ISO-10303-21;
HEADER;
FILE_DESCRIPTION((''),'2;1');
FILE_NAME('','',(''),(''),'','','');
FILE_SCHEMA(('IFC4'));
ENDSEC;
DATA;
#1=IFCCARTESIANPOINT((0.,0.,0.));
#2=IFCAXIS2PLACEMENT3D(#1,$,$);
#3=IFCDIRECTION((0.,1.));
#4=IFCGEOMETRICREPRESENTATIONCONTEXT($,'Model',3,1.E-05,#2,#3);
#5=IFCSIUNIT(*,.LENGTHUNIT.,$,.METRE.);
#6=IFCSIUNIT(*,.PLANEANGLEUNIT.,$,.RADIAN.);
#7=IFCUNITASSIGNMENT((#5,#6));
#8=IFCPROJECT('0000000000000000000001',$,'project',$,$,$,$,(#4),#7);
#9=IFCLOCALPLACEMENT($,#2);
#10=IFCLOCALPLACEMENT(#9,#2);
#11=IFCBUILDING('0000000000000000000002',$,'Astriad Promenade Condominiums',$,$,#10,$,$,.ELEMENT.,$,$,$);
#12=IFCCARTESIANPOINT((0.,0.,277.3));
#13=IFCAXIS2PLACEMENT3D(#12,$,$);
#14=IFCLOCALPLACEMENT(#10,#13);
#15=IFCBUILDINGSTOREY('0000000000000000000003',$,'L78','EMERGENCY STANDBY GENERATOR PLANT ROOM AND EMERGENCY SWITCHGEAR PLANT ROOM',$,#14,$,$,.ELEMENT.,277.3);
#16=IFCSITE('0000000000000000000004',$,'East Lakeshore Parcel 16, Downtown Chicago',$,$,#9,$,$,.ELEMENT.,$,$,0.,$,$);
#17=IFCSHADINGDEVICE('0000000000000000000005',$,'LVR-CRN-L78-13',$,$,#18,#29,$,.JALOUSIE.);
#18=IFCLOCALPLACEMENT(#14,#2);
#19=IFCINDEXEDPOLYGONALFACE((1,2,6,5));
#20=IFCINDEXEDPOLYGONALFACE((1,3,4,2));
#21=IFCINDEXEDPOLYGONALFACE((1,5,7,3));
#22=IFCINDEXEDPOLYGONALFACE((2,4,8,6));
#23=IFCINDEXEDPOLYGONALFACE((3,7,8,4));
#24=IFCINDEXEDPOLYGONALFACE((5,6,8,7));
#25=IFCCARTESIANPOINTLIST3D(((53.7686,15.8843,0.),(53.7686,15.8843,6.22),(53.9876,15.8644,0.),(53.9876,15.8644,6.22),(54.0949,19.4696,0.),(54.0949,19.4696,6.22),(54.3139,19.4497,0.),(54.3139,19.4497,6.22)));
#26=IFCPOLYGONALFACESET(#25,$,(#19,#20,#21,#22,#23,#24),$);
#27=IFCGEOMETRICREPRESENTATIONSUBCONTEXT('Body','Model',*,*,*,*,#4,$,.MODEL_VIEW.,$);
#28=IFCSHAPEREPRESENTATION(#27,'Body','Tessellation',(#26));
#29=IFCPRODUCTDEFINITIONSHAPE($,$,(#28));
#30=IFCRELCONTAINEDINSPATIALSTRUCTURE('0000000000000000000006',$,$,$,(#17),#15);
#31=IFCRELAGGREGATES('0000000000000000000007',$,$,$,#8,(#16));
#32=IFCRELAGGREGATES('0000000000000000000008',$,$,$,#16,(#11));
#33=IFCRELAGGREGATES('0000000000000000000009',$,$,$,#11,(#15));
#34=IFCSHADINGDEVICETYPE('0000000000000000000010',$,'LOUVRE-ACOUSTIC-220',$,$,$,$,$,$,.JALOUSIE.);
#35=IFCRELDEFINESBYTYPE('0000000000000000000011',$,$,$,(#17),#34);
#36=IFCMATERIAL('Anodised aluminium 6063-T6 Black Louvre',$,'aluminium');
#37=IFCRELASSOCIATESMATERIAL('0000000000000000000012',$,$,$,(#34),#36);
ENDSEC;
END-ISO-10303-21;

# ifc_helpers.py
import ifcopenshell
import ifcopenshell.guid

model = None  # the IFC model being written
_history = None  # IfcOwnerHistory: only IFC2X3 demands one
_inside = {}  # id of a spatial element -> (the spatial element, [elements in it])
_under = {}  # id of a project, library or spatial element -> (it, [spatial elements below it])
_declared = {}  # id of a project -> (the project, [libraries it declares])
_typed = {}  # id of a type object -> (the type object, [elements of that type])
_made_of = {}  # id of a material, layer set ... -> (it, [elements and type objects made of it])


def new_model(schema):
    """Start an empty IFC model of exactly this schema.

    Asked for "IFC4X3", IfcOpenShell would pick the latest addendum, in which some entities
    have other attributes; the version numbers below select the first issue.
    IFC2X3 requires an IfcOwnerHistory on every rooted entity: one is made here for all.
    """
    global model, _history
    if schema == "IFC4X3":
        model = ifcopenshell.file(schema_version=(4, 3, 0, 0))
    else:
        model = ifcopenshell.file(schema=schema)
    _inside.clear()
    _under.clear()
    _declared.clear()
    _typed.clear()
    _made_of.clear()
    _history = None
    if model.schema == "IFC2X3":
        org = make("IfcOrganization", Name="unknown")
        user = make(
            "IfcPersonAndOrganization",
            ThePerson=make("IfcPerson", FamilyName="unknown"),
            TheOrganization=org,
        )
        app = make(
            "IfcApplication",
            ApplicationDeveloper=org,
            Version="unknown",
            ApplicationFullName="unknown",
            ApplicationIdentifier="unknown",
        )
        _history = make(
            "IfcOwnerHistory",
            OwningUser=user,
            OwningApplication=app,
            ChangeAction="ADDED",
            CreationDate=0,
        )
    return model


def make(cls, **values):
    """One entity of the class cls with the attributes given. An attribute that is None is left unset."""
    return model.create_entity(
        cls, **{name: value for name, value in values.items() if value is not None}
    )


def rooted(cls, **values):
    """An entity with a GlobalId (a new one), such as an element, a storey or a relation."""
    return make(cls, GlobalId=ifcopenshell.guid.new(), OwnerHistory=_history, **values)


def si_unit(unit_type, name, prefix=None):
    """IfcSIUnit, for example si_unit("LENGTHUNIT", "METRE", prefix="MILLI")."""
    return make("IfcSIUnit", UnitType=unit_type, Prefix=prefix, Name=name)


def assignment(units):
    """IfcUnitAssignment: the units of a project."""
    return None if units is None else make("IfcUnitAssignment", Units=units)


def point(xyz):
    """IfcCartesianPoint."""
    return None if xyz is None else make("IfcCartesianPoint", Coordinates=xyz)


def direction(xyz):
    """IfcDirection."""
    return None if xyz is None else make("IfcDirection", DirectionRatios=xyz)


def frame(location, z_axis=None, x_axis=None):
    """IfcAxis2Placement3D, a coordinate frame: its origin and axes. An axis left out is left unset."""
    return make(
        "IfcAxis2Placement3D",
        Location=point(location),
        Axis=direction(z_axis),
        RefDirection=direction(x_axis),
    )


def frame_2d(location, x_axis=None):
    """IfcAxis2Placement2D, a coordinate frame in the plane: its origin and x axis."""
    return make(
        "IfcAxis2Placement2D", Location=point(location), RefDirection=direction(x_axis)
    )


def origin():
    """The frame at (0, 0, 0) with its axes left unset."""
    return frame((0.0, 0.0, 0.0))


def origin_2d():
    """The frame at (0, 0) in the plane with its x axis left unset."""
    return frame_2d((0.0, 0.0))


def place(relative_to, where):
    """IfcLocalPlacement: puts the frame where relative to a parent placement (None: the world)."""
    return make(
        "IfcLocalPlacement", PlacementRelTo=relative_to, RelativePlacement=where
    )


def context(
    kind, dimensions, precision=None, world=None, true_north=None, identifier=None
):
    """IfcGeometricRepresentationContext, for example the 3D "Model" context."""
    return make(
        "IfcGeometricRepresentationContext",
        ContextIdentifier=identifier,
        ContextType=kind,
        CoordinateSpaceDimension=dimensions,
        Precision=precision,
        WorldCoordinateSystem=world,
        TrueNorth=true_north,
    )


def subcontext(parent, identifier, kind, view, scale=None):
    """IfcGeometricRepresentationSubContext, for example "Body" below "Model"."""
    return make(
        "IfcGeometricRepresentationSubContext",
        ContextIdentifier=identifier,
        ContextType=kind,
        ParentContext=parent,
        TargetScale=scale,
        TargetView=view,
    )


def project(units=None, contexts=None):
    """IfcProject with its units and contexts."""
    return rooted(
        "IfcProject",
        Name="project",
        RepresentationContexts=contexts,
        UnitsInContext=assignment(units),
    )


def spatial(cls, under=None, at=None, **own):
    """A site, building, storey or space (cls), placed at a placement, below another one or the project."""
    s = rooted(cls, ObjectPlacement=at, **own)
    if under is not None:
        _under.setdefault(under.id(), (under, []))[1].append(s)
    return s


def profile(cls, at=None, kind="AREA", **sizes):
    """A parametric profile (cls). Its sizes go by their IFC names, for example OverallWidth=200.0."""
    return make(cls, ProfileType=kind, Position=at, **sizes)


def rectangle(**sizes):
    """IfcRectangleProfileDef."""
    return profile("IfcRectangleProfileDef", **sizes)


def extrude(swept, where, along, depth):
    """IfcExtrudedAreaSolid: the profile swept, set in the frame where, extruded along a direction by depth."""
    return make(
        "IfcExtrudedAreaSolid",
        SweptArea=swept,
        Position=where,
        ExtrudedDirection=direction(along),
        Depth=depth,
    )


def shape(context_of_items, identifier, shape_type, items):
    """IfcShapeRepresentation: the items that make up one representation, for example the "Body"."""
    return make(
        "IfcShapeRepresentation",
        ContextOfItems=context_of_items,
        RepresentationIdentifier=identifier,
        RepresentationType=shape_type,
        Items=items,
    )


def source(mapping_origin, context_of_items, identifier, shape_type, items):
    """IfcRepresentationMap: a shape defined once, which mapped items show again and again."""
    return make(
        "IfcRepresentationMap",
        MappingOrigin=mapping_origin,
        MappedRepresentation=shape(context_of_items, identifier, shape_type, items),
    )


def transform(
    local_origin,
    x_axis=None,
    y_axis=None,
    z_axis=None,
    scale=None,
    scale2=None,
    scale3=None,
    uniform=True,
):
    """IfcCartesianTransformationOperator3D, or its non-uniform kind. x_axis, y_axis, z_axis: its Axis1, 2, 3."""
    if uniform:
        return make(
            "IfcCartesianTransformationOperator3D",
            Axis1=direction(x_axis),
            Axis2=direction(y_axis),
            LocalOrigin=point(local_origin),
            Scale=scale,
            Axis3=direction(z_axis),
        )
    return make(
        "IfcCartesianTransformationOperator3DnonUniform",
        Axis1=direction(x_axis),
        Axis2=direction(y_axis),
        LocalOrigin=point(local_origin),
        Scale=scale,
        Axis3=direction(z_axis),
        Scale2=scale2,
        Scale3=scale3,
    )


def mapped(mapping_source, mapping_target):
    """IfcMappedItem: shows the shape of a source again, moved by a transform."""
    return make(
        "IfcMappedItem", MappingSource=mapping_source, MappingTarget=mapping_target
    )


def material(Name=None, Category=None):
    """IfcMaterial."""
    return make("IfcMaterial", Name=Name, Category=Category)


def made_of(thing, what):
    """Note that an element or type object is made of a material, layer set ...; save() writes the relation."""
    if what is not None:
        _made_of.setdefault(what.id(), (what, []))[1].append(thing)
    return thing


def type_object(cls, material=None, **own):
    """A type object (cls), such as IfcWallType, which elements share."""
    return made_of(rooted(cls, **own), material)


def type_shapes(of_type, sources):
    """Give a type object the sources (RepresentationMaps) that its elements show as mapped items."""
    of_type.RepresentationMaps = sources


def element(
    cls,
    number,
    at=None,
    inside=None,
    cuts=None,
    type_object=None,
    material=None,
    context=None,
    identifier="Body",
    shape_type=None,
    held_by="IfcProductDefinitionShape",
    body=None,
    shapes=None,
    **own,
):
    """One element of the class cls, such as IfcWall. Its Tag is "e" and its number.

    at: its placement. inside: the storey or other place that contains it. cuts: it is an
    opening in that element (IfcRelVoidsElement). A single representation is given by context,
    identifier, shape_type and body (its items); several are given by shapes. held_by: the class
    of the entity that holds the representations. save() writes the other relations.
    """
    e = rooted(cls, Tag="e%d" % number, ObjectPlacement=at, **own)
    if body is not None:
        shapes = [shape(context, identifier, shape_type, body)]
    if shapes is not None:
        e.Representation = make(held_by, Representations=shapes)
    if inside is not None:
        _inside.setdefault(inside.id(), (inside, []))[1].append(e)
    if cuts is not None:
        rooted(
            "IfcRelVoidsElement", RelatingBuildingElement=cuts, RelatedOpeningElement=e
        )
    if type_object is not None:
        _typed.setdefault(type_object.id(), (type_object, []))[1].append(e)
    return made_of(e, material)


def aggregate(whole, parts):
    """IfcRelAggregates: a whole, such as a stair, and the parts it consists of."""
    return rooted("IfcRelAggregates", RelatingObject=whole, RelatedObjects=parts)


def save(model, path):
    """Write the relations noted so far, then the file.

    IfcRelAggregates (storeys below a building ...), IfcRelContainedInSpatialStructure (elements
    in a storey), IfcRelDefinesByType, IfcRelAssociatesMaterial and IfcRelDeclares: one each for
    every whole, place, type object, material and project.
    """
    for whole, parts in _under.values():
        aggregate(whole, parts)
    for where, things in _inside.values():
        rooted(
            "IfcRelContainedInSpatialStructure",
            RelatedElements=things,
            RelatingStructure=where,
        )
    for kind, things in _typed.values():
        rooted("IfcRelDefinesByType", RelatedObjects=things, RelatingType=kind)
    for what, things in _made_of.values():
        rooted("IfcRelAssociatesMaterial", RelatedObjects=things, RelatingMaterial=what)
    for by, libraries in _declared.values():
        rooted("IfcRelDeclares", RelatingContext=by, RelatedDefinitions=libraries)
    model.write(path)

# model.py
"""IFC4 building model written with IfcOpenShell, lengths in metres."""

from ifc_helpers import new_model, si_unit, direction, frame, origin, origin_2d, place, context, subcontext, project, spatial, rectangle, extrude, source, transform, mapped, material, type_object, type_shapes, element, save


model = new_model("IFC4")

# Units and contexts
model_context = context("Model", 3, precision=1e-05, world=origin(), true_north=direction((0.0, 1.0)))
body_context = subcontext(model_context, "Body", "Model", "MODEL_VIEW")
ifc_project = project(units=[si_unit("LENGTHUNIT", "METRE"), si_unit("PLANEANGLEUNIT", "RADIAN")], contexts=[model_context])

# Site, building, storey
site_placement = place(None, origin())
site = spatial("IfcSite", under=ifc_project, at=site_placement, Name="East Lakeshore Parcel 16, Downtown Chicago", CompositionType="ELEMENT", RefElevation=0.0)
building_placement = place(site_placement, origin())
building = spatial("IfcBuilding", under=site, at=building_placement, Name="Astriad Promenade Condominiums", CompositionType="ELEMENT")
storey_placement = place(building_placement, frame((0.0, 0.0, 277.3)))
storey = spatial("IfcBuildingStorey", under=building, at=storey_placement, Name="L78", Description="EMERGENCY STANDBY GENERATOR PLANT ROOM AND EMERGENCY SWITCHGEAR PLANT ROOM", CompositionType="ELEMENT", Elevation=277.3)

# Shading device
ifc_material_1 = material(Name="Anodised aluminium 6063-T6 Black Louvre", Category="aluminium")
shading_device_type_1 = type_object("IfcShadingDeviceType", Name="LOUVRE-ACOUSTIC-220", PredefinedType="JALOUSIE", material=ifc_material_1)
shared_shape_1 = source(origin(), body_context, "Body", "SweptSolid", [
    extrude(rectangle(XDim=3.6001, YDim=0.22, at=origin_2d()), origin(), (0.0, 0.0, 1.0), 6.22),
])
type_shapes(shading_device_type_1, [shared_shape_1])
shading_device_placement = place(storey_placement, frame((54.0413, 17.667, 0.0), z_axis=(0.0, 0.0, 1.0), x_axis=(-0.090633, -0.995884, 0.0)))
element("IfcShadingDevice", 1, at=shading_device_placement, inside=storey, type_object=shading_device_type_1, Name="LVR-CRN-L78-13", PredefinedType="JALOUSIE", context=body_context, shape_type="MappedRepresentation", body=[
    mapped(shared_shape_1, transform((0.0, 0.0, 0.0), scale=1.0)),
])

save(model, "model.ifc")
